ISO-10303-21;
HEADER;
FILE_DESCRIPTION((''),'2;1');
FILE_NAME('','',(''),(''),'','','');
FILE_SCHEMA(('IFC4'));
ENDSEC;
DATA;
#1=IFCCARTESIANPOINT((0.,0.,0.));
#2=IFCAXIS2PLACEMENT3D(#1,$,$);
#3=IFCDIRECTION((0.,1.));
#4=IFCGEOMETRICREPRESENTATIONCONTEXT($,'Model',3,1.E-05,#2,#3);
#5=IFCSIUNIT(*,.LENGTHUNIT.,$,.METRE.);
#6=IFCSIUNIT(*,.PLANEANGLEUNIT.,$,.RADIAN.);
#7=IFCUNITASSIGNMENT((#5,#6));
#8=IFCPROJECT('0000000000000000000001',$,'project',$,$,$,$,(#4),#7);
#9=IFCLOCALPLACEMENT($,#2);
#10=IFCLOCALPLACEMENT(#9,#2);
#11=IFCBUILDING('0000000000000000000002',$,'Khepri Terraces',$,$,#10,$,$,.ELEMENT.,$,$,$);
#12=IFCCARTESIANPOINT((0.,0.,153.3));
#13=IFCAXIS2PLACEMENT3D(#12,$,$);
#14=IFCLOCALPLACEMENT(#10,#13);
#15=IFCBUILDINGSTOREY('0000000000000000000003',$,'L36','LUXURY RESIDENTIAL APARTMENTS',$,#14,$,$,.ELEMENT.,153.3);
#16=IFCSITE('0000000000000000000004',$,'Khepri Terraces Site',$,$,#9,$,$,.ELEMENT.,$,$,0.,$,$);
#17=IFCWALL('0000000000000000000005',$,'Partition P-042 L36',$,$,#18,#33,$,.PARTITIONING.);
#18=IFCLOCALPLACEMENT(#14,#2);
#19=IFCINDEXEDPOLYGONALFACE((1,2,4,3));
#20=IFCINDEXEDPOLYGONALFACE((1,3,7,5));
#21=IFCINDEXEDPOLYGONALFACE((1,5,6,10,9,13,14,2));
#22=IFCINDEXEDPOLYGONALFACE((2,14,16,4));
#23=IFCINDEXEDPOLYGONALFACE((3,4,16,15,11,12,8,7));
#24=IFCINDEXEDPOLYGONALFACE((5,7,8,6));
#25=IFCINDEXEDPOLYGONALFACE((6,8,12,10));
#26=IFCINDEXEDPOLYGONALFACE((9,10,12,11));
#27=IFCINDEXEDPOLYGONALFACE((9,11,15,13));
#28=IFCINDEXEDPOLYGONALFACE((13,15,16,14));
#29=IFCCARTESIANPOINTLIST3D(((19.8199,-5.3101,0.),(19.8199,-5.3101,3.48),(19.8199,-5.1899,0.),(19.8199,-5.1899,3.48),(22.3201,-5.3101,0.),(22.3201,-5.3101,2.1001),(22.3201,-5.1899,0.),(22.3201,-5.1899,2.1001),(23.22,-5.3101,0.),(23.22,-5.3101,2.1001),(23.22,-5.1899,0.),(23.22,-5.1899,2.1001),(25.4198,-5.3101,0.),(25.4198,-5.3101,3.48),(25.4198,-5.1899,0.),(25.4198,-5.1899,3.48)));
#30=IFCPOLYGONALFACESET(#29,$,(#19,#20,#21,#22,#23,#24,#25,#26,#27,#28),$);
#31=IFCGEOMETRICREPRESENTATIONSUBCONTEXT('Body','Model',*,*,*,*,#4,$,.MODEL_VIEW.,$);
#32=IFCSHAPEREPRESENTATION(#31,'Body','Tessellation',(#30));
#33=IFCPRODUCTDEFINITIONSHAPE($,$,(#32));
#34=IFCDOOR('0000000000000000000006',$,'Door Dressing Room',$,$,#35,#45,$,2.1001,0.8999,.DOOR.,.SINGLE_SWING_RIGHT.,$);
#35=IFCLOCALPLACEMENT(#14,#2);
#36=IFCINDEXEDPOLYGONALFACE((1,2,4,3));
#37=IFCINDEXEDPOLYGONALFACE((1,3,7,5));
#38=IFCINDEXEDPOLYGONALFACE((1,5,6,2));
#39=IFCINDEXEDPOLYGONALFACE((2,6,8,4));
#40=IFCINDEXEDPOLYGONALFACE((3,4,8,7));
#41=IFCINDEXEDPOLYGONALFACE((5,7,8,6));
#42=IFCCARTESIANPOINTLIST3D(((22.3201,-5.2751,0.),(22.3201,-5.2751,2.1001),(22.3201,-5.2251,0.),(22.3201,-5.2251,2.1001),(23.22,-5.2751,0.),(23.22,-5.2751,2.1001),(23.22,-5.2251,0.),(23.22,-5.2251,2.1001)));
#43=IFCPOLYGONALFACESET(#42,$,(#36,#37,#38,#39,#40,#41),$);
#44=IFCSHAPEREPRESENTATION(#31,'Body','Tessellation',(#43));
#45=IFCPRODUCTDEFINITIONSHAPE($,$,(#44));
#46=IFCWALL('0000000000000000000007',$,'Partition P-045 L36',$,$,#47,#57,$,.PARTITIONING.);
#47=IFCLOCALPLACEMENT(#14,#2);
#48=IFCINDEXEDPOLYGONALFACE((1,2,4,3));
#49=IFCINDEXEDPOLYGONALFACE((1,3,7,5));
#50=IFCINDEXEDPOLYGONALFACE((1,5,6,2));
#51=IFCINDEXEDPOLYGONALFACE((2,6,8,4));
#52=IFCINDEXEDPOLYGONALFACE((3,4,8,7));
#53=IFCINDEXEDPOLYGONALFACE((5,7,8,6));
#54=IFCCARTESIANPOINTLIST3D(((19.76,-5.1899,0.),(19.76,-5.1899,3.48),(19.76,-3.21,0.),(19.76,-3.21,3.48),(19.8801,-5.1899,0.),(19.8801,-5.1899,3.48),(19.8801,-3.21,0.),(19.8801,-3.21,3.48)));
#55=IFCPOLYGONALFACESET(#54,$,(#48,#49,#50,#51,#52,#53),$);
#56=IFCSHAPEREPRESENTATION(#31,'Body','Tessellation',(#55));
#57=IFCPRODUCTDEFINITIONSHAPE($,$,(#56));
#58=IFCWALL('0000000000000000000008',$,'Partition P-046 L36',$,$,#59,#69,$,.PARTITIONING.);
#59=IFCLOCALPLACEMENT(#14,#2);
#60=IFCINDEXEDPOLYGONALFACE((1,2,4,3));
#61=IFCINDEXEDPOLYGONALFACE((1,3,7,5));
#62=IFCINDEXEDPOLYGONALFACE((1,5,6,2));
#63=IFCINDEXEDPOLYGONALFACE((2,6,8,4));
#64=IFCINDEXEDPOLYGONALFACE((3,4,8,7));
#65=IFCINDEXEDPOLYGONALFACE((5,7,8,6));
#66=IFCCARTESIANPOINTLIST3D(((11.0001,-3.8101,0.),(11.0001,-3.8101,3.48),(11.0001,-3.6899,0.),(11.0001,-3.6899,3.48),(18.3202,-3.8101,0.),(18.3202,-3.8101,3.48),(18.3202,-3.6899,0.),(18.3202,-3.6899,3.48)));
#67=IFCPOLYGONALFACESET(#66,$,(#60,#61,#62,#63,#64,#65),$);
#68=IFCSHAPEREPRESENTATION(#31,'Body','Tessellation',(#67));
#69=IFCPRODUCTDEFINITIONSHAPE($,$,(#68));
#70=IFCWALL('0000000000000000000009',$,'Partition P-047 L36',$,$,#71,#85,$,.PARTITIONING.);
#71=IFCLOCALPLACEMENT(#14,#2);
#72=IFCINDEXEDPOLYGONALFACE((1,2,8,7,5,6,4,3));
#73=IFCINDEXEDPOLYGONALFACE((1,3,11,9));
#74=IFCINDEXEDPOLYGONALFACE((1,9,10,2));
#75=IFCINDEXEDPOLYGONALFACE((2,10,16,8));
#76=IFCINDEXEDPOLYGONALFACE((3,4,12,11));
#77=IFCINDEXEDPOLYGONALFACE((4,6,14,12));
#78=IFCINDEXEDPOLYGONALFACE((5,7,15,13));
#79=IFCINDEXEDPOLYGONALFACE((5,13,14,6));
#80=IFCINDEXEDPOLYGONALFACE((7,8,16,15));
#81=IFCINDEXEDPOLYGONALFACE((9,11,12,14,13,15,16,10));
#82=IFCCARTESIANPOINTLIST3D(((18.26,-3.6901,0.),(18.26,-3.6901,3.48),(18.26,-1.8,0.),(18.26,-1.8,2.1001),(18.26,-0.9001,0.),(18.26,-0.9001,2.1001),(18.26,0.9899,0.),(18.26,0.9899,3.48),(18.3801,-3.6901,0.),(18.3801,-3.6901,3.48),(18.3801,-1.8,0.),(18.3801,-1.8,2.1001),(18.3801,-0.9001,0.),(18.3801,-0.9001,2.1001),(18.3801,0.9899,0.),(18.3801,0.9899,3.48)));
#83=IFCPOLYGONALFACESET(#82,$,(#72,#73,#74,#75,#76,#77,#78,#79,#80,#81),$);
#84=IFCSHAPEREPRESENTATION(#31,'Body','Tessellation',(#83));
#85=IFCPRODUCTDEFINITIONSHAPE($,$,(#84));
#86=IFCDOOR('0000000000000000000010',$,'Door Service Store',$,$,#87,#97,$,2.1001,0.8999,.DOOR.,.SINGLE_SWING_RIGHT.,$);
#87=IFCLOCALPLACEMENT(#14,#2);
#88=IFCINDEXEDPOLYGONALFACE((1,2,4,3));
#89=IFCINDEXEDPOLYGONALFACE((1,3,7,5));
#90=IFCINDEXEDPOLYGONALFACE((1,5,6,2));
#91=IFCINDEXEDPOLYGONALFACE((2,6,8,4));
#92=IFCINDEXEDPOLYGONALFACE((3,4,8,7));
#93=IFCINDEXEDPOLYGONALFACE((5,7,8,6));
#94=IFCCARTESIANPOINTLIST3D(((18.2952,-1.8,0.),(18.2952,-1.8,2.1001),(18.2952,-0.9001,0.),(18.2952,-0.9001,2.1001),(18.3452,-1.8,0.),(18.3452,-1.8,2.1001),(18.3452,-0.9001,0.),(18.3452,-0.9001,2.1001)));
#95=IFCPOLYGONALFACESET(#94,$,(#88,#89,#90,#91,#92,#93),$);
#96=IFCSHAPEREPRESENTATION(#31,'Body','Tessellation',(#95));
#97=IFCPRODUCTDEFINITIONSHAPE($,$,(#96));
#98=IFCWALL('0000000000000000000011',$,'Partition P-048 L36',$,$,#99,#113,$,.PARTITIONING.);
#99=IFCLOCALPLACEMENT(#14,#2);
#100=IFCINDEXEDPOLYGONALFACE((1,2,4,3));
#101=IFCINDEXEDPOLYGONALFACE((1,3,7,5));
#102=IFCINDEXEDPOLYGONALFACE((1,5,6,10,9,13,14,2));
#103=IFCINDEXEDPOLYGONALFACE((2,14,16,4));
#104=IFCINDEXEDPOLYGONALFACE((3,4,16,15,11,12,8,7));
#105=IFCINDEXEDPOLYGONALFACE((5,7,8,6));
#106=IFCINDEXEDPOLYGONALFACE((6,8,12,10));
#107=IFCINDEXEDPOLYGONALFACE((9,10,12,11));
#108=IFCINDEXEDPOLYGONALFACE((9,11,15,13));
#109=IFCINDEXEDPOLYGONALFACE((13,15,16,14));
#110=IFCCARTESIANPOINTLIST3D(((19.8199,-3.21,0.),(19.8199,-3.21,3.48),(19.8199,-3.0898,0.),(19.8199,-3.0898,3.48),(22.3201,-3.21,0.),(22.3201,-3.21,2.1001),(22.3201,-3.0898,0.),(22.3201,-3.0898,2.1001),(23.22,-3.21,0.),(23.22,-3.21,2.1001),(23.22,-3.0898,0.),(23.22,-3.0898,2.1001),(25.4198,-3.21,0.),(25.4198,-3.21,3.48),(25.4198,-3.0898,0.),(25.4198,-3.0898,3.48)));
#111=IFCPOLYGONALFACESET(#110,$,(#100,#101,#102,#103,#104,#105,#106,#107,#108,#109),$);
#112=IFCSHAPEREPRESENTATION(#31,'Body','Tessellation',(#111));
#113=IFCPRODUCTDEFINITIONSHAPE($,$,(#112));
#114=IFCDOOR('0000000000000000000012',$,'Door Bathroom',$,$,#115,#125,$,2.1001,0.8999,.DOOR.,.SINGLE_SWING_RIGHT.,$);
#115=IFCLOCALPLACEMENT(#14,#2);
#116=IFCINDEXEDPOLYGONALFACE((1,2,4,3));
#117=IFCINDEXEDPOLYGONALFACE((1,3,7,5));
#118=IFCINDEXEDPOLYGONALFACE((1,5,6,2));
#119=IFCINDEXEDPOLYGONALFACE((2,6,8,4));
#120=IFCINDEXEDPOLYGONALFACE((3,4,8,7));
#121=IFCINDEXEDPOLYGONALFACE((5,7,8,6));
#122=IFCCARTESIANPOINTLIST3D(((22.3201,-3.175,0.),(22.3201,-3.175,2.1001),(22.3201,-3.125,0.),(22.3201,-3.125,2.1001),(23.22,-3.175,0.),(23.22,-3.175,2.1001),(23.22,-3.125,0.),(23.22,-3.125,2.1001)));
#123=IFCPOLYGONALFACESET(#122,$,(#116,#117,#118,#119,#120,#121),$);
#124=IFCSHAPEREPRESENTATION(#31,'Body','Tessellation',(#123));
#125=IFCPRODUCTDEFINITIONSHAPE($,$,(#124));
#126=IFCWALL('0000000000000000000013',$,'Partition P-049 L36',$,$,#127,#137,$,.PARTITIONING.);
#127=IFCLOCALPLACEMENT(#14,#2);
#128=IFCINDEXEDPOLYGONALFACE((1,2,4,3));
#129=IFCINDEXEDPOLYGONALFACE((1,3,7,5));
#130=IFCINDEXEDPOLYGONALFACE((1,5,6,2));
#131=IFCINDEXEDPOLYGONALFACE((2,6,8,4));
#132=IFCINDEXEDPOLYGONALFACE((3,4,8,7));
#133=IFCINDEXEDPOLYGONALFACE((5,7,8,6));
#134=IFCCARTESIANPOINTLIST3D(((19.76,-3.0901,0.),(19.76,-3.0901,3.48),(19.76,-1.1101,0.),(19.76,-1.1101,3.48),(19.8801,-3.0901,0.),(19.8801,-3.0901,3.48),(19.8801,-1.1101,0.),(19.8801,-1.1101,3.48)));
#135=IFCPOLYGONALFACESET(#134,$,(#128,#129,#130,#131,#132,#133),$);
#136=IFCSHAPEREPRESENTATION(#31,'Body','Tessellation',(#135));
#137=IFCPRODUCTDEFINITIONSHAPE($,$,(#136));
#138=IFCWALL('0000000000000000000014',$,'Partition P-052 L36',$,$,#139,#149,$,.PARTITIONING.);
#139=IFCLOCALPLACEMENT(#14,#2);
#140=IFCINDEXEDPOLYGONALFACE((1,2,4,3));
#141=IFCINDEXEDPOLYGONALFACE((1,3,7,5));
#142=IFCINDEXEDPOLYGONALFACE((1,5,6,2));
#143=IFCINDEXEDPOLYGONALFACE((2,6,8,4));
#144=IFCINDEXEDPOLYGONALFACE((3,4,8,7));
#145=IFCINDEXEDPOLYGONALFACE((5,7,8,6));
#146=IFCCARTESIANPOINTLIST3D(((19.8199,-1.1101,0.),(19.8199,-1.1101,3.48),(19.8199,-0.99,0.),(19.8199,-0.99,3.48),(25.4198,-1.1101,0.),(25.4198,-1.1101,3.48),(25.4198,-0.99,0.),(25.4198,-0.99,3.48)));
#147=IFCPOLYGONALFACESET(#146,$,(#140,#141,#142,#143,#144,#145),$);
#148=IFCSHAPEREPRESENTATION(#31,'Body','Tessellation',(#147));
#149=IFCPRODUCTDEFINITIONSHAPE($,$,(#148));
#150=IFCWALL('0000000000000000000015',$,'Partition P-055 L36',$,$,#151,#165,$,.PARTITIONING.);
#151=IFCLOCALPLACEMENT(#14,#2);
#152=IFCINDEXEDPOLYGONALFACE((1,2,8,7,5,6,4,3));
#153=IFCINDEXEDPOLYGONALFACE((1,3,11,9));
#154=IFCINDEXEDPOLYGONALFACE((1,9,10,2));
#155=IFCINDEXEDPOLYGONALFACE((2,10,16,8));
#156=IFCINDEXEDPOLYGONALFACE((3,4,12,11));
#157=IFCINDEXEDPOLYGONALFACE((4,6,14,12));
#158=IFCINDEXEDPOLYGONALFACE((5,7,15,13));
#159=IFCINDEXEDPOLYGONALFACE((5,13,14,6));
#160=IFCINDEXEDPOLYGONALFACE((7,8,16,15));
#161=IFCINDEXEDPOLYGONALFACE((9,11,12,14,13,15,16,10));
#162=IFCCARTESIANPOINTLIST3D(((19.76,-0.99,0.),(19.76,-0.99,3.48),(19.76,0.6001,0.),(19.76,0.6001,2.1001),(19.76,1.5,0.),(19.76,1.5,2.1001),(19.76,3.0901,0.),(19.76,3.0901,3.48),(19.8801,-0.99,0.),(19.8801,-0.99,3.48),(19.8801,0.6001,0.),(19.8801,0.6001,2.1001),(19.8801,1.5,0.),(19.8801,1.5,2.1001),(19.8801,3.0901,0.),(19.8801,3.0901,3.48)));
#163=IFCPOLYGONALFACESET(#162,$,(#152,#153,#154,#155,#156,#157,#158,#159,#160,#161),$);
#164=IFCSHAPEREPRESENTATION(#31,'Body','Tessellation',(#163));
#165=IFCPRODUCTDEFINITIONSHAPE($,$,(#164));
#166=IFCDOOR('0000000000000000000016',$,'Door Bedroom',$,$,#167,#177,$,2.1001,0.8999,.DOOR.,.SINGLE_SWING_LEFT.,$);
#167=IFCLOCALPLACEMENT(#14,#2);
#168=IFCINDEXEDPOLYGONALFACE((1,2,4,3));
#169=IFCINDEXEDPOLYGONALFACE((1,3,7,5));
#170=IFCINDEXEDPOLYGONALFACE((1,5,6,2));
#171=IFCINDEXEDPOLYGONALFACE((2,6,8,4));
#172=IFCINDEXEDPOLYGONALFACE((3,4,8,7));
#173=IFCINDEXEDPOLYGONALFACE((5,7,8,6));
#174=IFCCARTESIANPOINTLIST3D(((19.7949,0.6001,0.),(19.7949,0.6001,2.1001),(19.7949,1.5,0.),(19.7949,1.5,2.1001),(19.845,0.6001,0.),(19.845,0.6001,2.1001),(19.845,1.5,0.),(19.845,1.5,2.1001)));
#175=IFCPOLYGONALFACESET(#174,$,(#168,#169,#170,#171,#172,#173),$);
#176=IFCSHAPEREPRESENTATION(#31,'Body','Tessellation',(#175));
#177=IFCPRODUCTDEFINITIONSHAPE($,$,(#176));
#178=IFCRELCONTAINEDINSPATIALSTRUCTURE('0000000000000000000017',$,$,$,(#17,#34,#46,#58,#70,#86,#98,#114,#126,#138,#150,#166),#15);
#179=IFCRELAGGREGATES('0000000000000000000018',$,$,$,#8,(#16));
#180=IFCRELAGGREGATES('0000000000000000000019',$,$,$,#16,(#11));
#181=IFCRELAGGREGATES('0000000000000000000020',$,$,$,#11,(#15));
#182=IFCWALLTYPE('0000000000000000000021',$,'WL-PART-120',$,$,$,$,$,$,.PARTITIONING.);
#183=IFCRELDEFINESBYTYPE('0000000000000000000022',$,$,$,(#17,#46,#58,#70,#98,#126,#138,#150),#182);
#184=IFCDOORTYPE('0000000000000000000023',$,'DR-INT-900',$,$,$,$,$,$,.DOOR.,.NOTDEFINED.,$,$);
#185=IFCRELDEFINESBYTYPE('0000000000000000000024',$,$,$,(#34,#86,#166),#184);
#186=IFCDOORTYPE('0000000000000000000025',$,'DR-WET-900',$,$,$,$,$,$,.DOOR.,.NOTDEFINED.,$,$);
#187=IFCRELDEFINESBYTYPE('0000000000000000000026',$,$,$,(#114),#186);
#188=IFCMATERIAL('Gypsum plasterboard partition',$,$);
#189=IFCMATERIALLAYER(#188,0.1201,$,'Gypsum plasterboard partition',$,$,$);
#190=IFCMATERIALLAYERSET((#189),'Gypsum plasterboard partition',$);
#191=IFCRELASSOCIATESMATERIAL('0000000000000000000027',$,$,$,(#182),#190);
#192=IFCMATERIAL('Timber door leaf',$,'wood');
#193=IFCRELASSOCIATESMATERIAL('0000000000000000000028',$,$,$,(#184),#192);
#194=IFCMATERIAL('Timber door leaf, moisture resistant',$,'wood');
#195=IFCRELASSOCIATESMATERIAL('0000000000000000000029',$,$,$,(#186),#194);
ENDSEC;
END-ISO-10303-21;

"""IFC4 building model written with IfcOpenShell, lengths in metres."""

from ifc_helpers import new_model, si_unit, direction, frame, frame_2d, origin, place, context, subcontext, project, spatial, rectangle, extrude, material, layer, layer_set, type_object, element, fill, save


model = new_model("IFC4")

# Units and contexts
model_context = context("Model", 3, precision=1e-05, world=origin(), true_north=direction((0.0, 1.0)))
body_context = subcontext(model_context, "Body", "Model", "MODEL_VIEW")
ifc_project = project(units=[si_unit("LENGTHUNIT", "METRE"), si_unit("PLANEANGLEUNIT", "RADIAN")], contexts=[model_context])

# Site, building, storey
site_placement = place(None, origin())
site = spatial("IfcSite", under=ifc_project, at=site_placement, Name="Khepri Terraces Site", CompositionType="ELEMENT", RefElevation=0.0)
building_placement = place(site_placement, origin())
building = spatial("IfcBuilding", under=site, at=building_placement, Name="Khepri Terraces", CompositionType="ELEMENT")
storey_placement = place(building_placement, frame((0.0, 0.0, 153.3)))
storey = spatial("IfcBuildingStorey", under=building, at=storey_placement, Name="L36", Description="LUXURY RESIDENTIAL APARTMENTS", CompositionType="ELEMENT", Elevation=153.3)

# Shared definitions
ifc_material_1 = material(Name="Gypsum plasterboard partition")
ifc_layer_1 = layer(ifc_material_1, 0.1201, Name="Gypsum plasterboard partition")
ifc_layer_set_1 = layer_set([ifc_layer_1], Name="Gypsum plasterboard partition")
wall_type_1 = type_object("IfcWallType", Name="WL-PART-120", PredefinedType="PARTITIONING", material=ifc_layer_set_1)
ifc_material_2 = material(Name="Timber door leaf", Category="wood")
door_type_1 = type_object("IfcDoorType", Name="DR-INT-900", OperationType="NOTDEFINED", PredefinedType="DOOR", material=ifc_material_2)

# Wall, opening, door
wall_1_placement = place(storey_placement, frame((19.8201, -5.25, 0.0), z_axis=(0.0, 0.0, 1.0), x_axis=(1.0, 0.0, 0.0)))
wall_1 = element("IfcWall", 1, at=wall_1_placement, inside=storey, type_object=wall_type_1, Name="Partition P-042 L36", PredefinedType="PARTITIONING", context=body_context, shape_type="SweptSolid", body=[
    extrude(rectangle(XDim=5.5999, YDim=0.1201, at=frame_2d((2.7998, 0.0))), origin(), (0.0, 0.0, 1.0), 3.48),
])
opening_1_placement = place(wall_1_placement, frame((2.5, 0.0, 0.0)))
opening_1 = element("IfcOpeningElement", 2, at=opening_1_placement, cuts=wall_1, PredefinedType="OPENING", context=body_context, shape_type="SweptSolid", body=[
    extrude(rectangle(XDim=0.8999, YDim=2.1001, at=frame_2d((0.45, 1.05))), frame((0.0, 0.0701, 0.0), z_axis=(0.0, -1.0, 0.0), x_axis=(1.0, 0.0, 0.0)), (0.0, 0.0, 1.0), 0.1401),
])
door_1_placement = place(opening_1_placement, origin())
door_1 = element("IfcDoor", 3, at=door_1_placement, inside=storey, type_object=door_type_1, Name="Door Dressing Room", OperationType="SINGLE_SWING_RIGHT", OverallHeight=2.1001, OverallWidth=0.8999, PredefinedType="DOOR", context=body_context, shape_type="SweptSolid", body=[
    extrude(rectangle(XDim=0.8999, YDim=2.1001, at=frame_2d((0.45, 1.05))), frame((0.0, 0.0249, 0.0), z_axis=(0.0, -1.0, 0.0), x_axis=(1.0, 0.0, 0.0)), (0.0, 0.0, 1.0), 0.05),
])
fill(opening_1, door_1)

# Walls
wall_2_placement = place(storey_placement, frame((19.8201, -5.1899, 0.0), z_axis=(0.0, 0.0, 1.0), x_axis=(0.0, 1.0, 0.0)))
element("IfcWall", 4, at=wall_2_placement, inside=storey, type_object=wall_type_1, Name="Partition P-045 L36", PredefinedType="PARTITIONING", context=body_context, shape_type="SweptSolid", body=[
    extrude(rectangle(XDim=1.98, YDim=0.1201, at=frame_2d((0.99, 0.0))), origin(), (0.0, 0.0, 1.0), 3.48),
])
wall_3_placement = place(storey_placement, frame((11.0, -3.75, 0.0), z_axis=(0.0, 0.0, 1.0), x_axis=(1.0, 0.0, 0.0)))
element("IfcWall", 5, at=wall_3_placement, inside=storey, type_object=wall_type_1, Name="Partition P-046 L36", PredefinedType="PARTITIONING", context=body_context, shape_type="SweptSolid", body=[
    extrude(rectangle(XDim=7.3201, YDim=0.1201, at=frame_2d((3.6602, 0.0))), origin(), (0.0, 0.0, 1.0), 3.48),
])

# Walls, openings, doors
wall_4_placement = place(storey_placement, frame((18.3201, -3.6899, 0.0), z_axis=(0.0, 0.0, 1.0), x_axis=(0.0, 1.0, 0.0)))
wall_4 = element("IfcWall", 6, at=wall_4_placement, inside=storey, type_object=wall_type_1, Name="Partition P-047 L36", PredefinedType="PARTITIONING", context=body_context, shape_type="SweptSolid", body=[
    extrude(rectangle(XDim=4.6799, YDim=0.1201, at=frame_2d((2.3398, 0.0))), origin(), (0.0, 0.0, 1.0), 3.48),
])
opening_2_placement = place(wall_4_placement, frame((1.8899, 0.0, 0.0)))
opening_2 = element("IfcOpeningElement", 7, at=opening_2_placement, cuts=wall_4, PredefinedType="OPENING", context=body_context, shape_type="SweptSolid", body=[
    extrude(rectangle(XDim=0.8999, YDim=2.1001, at=frame_2d((0.45, 1.05))), frame((0.0, 0.0701, 0.0), z_axis=(0.0, -1.0, 0.0), x_axis=(1.0, 0.0, 0.0)), (0.0, 0.0, 1.0), 0.1401),
])
door_2_placement = place(opening_2_placement, origin())
door_2 = element("IfcDoor", 8, at=door_2_placement, inside=storey, type_object=door_type_1, Name="Door Service Store", OperationType="SINGLE_SWING_RIGHT", OverallHeight=2.1001, OverallWidth=0.8999, PredefinedType="DOOR", context=body_context, shape_type="SweptSolid", body=[
    extrude(rectangle(XDim=0.8999, YDim=2.1001, at=frame_2d((0.45, 1.05))), frame((0.0, 0.0249, 0.0), z_axis=(0.0, -1.0, 0.0), x_axis=(1.0, 0.0, 0.0)), (0.0, 0.0, 1.0), 0.05),
])
fill(opening_2, door_2)
wall_5_placement = place(storey_placement, frame((19.8201, -3.1499, 0.0), z_axis=(0.0, 0.0, 1.0), x_axis=(1.0, 0.0, 0.0)))
wall_5 = element("IfcWall", 9, at=wall_5_placement, inside=storey, type_object=wall_type_1, Name="Partition P-048 L36", PredefinedType="PARTITIONING", context=body_context, shape_type="SweptSolid", body=[
    extrude(rectangle(XDim=5.5999, YDim=0.1201, at=frame_2d((2.7998, 0.0))), origin(), (0.0, 0.0, 1.0), 3.48),
])
opening_3_placement = place(wall_5_placement, frame((2.5, 0.0, 0.0)))
opening_3 = element("IfcOpeningElement", 10, at=opening_3_placement, cuts=wall_5, PredefinedType="OPENING", context=body_context, shape_type="SweptSolid", body=[
    extrude(rectangle(XDim=0.8999, YDim=2.1001, at=frame_2d((0.45, 1.05))), frame((0.0, 0.0701, 0.0), z_axis=(0.0, -1.0, 0.0), x_axis=(1.0, 0.0, 0.0)), (0.0, 0.0, 1.0), 0.1401),
])
ifc_material_3 = material(Name="Timber door leaf, moisture resistant", Category="wood")
door_type_2 = type_object("IfcDoorType", Name="DR-WET-900", OperationType="NOTDEFINED", PredefinedType="DOOR", material=ifc_material_3)
door_3_placement = place(opening_3_placement, origin())
door_3 = element("IfcDoor", 11, at=door_3_placement, inside=storey, type_object=door_type_2, Name="Door Bathroom", OperationType="SINGLE_SWING_RIGHT", OverallHeight=2.1001, OverallWidth=0.8999, PredefinedType="DOOR", context=body_context, shape_type="SweptSolid", body=[
    extrude(rectangle(XDim=0.8999, YDim=2.1001, at=frame_2d((0.45, 1.05))), frame((0.0, 0.0249, 0.0), z_axis=(0.0, -1.0, 0.0), x_axis=(1.0, 0.0, 0.0)), (0.0, 0.0, 1.0), 0.05),
])
fill(opening_3, door_3)

# Walls
wall_6_placement = place(storey_placement, frame((19.8201, -3.0901, 0.0), z_axis=(0.0, 0.0, 1.0), x_axis=(0.0, 1.0, 0.0)))
element("IfcWall", 12, at=wall_6_placement, inside=storey, type_object=wall_type_1, Name="Partition P-049 L36", PredefinedType="PARTITIONING", context=body_context, shape_type="SweptSolid", body=[
    extrude(rectangle(XDim=1.98, YDim=0.1201, at=frame_2d((0.99, 0.0))), origin(), (0.0, 0.0, 1.0), 3.48),
])
wall_7_placement = place(storey_placement, frame((19.8201, -1.05, 0.0), z_axis=(0.0, 0.0, 1.0), x_axis=(1.0, 0.0, 0.0)))
element("IfcWall", 13, at=wall_7_placement, inside=storey, type_object=wall_type_1, Name="Partition P-052 L36", PredefinedType="PARTITIONING", context=body_context, shape_type="SweptSolid", body=[
    extrude(rectangle(XDim=5.5999, YDim=0.1201, at=frame_2d((2.7998, 0.0))), origin(), (0.0, 0.0, 1.0), 3.48),
])

# Wall, opening, door
wall_8_placement = place(storey_placement, frame((19.8201, -0.99, 0.0), z_axis=(0.0, 0.0, 1.0), x_axis=(0.0, 1.0, 0.0)))
wall_8 = element("IfcWall", 14, at=wall_8_placement, inside=storey, type_object=wall_type_1, Name="Partition P-055 L36", PredefinedType="PARTITIONING", context=body_context, shape_type="SweptSolid", body=[
    extrude(rectangle(XDim=4.0801, YDim=0.1201, at=frame_2d((2.04, 0.0))), origin(), (0.0, 0.0, 1.0), 3.48),
])
opening_4_placement = place(wall_8_placement, frame((1.5901, 0.0, 0.0)))
opening_4 = element("IfcOpeningElement", 15, at=opening_4_placement, cuts=wall_8, PredefinedType="OPENING", context=body_context, shape_type="SweptSolid", body=[
    extrude(rectangle(XDim=0.8999, YDim=2.1001, at=frame_2d((0.45, 1.05))), frame((0.0, 0.0701, 0.0), z_axis=(0.0, -1.0, 0.0), x_axis=(1.0, 0.0, 0.0)), (0.0, 0.0, 1.0), 0.1401),
])
door_4_placement = place(opening_4_placement, frame((0.8999, 0.0, 0.0), z_axis=(0.0, 0.0, 1.0), x_axis=(-1.0, 0.0, 0.0)))
door_4 = element("IfcDoor", 16, at=door_4_placement, inside=storey, type_object=door_type_1, Name="Door Bedroom", OperationType="SINGLE_SWING_LEFT", OverallHeight=2.1001, OverallWidth=0.8999, PredefinedType="DOOR", context=body_context, shape_type="SweptSolid", body=[
    extrude(rectangle(XDim=0.8999, YDim=2.1001, at=frame_2d((0.45, 1.05))), frame((0.0, 0.0249, 0.0), z_axis=(0.0, -1.0, 0.0), x_axis=(1.0, 0.0, 0.0)), (0.0, 0.0, 1.0), 0.05),
])
fill(opening_4, door_4)

save(model, "model.ifc")
